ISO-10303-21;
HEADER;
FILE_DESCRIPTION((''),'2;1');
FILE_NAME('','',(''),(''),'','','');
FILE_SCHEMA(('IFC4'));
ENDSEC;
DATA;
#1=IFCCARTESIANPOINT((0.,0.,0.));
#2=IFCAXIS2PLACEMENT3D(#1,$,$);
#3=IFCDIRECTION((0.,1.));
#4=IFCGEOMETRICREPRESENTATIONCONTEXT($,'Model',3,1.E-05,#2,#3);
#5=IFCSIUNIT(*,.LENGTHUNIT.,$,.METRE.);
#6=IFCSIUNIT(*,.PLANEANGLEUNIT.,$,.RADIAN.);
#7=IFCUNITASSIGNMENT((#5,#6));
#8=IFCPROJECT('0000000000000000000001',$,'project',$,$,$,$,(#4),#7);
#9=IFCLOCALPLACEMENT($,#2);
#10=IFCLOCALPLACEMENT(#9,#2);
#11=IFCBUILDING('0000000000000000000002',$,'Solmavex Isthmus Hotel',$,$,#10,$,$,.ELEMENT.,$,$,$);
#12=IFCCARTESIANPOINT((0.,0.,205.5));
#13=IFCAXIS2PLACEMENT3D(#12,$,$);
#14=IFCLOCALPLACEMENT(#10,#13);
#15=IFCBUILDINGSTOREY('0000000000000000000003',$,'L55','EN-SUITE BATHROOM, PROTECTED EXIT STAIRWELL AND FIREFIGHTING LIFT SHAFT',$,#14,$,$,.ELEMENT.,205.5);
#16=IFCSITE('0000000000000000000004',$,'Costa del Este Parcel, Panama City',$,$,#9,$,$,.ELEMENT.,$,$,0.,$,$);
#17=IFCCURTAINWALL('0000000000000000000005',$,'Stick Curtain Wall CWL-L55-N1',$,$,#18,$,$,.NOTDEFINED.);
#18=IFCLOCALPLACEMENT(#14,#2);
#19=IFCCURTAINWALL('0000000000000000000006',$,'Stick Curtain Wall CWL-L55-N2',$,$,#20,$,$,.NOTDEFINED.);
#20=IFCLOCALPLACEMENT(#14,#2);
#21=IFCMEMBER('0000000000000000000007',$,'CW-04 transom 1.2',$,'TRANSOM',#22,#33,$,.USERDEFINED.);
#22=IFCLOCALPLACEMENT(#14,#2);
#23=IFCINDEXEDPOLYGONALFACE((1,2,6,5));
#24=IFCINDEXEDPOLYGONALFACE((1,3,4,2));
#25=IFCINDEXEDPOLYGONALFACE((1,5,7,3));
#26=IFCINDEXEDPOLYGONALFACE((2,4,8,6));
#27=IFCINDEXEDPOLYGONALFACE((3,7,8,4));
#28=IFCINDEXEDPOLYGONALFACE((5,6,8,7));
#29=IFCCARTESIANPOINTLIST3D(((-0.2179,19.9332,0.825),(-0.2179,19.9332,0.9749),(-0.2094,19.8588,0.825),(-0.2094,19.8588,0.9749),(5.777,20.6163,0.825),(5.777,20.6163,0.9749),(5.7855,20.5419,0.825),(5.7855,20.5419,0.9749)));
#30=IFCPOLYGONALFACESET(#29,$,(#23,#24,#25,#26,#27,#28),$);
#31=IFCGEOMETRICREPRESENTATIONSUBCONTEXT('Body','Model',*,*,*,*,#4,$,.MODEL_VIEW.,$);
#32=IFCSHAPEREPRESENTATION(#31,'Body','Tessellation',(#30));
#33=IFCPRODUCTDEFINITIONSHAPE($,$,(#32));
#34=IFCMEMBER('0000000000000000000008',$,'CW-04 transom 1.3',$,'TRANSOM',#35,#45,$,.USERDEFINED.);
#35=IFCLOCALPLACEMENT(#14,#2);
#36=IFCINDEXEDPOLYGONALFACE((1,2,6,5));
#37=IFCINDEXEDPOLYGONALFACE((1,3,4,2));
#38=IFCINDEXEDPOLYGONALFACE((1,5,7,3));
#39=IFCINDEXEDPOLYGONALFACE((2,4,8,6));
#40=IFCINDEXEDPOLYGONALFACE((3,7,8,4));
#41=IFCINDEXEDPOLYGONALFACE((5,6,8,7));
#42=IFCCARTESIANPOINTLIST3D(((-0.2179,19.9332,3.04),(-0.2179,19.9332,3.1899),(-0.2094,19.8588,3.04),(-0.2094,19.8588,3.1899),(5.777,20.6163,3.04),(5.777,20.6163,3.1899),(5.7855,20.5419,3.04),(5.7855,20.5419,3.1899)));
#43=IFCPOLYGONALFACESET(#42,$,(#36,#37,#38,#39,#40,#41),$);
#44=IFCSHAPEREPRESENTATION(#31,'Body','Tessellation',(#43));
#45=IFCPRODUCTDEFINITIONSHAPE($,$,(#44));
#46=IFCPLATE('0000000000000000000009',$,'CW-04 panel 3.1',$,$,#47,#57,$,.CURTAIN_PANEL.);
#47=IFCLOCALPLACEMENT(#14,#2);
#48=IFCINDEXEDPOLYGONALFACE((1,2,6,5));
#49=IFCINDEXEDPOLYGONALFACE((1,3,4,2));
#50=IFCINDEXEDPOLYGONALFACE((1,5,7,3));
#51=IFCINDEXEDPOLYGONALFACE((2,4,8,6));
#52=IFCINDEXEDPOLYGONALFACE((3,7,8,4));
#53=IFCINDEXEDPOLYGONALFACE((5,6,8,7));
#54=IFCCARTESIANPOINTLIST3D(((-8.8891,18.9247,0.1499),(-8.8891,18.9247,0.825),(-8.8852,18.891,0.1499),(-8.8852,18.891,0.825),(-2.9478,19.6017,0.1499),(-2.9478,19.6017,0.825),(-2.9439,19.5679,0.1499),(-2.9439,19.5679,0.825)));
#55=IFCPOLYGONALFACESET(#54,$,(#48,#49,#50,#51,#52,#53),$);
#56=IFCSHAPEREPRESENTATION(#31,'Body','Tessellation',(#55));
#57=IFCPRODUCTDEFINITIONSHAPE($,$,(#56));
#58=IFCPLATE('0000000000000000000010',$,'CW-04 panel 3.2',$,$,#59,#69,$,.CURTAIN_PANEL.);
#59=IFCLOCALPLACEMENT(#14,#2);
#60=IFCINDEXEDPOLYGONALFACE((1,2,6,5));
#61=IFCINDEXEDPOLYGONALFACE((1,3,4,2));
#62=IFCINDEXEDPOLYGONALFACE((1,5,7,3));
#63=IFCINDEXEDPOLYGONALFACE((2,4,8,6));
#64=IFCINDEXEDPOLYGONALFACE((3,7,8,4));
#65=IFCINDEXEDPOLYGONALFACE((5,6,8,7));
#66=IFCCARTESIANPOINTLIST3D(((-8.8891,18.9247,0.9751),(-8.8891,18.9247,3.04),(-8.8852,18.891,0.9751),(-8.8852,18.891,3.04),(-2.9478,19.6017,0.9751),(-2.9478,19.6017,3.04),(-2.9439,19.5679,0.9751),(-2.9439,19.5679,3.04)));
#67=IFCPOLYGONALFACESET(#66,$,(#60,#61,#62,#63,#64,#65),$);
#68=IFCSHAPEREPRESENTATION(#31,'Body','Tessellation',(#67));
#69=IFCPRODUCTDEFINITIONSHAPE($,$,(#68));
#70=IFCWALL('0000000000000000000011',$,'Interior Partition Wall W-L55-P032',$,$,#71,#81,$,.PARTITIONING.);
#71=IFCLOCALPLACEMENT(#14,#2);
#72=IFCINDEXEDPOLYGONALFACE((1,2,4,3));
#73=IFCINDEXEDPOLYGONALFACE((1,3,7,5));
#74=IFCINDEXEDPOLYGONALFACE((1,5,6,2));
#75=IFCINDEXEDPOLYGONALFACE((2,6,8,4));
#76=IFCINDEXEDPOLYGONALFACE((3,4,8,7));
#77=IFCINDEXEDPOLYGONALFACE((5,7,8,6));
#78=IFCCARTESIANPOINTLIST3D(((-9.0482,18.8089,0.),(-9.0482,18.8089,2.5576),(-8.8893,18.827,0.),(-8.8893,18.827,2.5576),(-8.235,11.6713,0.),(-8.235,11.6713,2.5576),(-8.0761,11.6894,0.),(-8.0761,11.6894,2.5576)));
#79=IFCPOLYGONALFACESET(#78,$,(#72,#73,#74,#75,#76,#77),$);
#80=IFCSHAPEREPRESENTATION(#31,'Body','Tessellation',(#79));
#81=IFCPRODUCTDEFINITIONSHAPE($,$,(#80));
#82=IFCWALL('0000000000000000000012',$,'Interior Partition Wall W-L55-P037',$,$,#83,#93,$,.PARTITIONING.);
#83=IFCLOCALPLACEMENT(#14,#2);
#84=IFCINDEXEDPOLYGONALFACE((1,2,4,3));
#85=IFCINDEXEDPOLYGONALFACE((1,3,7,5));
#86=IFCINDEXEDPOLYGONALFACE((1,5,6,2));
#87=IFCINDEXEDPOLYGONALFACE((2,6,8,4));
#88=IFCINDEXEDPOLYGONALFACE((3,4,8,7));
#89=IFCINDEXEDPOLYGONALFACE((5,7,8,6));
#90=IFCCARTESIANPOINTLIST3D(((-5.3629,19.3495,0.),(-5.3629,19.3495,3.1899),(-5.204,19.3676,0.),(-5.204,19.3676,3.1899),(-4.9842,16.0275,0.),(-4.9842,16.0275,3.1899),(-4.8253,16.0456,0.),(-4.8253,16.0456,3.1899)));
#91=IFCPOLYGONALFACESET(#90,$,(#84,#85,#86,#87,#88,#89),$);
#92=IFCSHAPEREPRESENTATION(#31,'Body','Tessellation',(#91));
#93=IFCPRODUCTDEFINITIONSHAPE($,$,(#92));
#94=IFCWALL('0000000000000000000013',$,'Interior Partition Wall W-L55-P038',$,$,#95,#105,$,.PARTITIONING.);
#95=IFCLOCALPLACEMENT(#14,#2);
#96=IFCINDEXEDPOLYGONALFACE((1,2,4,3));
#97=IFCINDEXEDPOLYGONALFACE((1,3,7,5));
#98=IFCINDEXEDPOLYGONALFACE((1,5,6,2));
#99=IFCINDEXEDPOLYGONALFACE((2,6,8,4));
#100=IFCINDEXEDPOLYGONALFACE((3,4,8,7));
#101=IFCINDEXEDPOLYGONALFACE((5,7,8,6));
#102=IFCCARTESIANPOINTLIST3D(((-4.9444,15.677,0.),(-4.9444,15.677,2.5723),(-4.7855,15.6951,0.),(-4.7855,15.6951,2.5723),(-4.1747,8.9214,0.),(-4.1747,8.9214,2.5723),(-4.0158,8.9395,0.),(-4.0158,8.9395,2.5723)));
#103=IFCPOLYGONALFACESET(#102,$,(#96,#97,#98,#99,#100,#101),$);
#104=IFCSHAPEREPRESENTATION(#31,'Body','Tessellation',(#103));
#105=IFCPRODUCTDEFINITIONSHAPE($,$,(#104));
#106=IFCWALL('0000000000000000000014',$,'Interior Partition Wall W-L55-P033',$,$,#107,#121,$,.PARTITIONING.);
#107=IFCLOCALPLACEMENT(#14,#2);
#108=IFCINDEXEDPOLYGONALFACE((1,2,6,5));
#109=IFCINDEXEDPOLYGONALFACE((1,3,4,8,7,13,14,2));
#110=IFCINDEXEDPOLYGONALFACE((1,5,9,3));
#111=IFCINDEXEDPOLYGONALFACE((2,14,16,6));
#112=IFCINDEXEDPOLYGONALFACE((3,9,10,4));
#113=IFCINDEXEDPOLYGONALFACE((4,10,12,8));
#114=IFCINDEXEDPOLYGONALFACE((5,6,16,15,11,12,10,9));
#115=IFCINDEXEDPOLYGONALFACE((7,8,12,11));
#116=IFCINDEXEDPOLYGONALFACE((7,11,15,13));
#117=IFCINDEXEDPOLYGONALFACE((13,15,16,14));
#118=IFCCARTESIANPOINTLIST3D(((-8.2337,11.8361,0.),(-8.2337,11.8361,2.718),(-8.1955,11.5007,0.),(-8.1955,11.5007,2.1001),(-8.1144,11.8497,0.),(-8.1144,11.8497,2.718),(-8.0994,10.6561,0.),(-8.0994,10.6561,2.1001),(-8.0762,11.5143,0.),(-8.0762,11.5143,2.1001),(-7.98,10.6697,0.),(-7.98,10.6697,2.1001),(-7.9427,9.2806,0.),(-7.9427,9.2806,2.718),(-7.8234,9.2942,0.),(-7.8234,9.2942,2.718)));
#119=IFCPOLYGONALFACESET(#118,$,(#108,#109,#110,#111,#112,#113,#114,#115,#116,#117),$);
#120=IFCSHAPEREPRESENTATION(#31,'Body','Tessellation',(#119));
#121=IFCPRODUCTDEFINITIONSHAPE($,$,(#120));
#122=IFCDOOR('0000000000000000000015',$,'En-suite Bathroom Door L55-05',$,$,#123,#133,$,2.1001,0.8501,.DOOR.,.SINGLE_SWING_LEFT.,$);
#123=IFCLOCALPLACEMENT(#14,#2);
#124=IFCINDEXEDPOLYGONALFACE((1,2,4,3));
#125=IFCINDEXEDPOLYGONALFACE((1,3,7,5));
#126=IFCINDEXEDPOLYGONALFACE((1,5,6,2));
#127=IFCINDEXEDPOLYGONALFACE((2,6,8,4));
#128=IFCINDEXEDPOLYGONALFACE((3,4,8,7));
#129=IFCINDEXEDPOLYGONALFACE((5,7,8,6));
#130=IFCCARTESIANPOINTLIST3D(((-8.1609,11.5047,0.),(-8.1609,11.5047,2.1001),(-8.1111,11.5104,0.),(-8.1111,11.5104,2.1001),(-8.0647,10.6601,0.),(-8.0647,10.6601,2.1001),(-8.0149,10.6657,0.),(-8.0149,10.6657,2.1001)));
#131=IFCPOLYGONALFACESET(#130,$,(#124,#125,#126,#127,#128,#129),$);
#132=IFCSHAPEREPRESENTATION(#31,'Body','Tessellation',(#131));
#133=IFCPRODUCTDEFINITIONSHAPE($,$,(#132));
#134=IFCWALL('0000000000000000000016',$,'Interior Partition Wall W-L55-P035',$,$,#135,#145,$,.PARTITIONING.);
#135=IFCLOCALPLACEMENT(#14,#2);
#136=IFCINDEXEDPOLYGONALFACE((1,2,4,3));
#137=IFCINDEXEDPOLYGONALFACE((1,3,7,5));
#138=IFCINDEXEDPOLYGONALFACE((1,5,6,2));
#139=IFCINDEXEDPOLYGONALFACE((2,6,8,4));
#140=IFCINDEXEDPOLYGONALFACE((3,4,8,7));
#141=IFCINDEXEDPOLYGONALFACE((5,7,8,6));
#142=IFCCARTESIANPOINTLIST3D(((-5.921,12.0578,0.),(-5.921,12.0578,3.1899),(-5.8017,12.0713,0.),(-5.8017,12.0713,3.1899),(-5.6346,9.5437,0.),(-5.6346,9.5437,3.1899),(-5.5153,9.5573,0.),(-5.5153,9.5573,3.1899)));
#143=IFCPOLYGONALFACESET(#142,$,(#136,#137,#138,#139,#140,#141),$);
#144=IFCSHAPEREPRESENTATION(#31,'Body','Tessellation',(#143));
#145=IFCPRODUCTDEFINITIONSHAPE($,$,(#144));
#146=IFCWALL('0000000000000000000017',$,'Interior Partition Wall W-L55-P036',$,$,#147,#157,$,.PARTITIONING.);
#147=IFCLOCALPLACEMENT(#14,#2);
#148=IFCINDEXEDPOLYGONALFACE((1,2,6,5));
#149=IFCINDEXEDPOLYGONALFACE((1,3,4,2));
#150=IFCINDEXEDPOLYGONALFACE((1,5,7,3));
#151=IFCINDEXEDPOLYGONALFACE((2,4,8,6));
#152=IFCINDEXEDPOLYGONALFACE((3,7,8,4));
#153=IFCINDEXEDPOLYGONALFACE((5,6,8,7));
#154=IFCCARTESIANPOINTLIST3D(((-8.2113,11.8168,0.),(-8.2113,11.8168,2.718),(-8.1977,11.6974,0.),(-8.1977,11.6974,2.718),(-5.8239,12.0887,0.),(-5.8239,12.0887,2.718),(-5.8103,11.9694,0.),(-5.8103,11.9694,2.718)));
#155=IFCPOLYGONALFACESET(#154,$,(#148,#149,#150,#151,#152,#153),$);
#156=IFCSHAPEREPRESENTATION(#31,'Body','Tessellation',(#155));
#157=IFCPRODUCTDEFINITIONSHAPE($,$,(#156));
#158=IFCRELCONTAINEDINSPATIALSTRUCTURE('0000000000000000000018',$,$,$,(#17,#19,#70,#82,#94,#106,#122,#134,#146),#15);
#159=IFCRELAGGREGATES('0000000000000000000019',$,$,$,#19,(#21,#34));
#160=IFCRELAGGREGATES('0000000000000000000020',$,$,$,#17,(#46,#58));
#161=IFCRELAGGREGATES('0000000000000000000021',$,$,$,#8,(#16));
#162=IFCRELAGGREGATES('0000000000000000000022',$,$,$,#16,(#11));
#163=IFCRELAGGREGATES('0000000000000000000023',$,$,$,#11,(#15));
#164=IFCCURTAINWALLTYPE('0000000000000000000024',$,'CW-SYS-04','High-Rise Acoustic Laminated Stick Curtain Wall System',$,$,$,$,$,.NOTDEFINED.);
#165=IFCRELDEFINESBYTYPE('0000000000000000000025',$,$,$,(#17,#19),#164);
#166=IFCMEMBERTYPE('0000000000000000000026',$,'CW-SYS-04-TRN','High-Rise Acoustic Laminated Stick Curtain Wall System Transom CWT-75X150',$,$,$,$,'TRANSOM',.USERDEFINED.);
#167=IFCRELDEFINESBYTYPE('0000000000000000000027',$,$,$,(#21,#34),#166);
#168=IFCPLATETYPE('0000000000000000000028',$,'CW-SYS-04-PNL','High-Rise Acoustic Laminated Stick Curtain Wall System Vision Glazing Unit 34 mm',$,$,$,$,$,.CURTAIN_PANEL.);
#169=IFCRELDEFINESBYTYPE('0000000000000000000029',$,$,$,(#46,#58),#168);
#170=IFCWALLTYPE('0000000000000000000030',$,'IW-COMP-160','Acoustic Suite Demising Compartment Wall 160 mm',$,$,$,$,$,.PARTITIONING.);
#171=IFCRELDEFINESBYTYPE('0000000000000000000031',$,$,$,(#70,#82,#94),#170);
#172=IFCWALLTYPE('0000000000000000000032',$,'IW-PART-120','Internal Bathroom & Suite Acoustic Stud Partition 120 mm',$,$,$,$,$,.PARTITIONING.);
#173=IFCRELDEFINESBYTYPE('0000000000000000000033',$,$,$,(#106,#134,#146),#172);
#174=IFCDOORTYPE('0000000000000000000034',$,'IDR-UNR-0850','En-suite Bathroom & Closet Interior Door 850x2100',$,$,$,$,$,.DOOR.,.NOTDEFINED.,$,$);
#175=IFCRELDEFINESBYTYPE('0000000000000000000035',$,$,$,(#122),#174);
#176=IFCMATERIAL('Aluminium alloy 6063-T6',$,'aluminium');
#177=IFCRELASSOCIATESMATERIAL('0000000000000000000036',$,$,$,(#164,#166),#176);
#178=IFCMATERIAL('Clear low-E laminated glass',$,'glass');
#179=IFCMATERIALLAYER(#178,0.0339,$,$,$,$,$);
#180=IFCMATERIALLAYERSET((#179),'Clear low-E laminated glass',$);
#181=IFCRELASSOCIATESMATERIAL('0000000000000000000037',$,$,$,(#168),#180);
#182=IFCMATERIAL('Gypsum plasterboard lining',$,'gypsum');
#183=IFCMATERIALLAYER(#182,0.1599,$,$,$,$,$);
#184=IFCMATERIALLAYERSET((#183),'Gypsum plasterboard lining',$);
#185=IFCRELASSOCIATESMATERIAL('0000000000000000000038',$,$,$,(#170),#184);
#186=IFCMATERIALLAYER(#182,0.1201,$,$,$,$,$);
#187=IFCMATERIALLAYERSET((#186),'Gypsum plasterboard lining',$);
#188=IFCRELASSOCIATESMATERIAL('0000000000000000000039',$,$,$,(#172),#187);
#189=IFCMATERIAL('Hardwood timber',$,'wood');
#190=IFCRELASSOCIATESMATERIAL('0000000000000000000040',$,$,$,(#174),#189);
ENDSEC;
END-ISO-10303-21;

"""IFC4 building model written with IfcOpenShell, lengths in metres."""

from ifc_helpers import new_model, si_unit, direction, frame, frame_2d, origin, origin_2d, place, context, subcontext, project, spatial, rectangle, extrude, material, layer, layer_set, material_profile, profile_set, type_object, element, fill, aggregate, save


model = new_model("IFC4")

# Units and contexts
model_context = context("Model", 3, precision=1e-05, world=origin(), true_north=direction((0.0, 1.0)))
body_context = subcontext(model_context, "Body", "Model", "MODEL_VIEW")
ifc_project = project(units=[si_unit("LENGTHUNIT", "METRE"), si_unit("PLANEANGLEUNIT", "RADIAN")], contexts=[model_context])

# Site, building, storey
site_placement = place(None, origin())
site = spatial("IfcSite", under=ifc_project, at=site_placement, Name="Costa del Este Parcel, Panama City", CompositionType="ELEMENT", RefElevation=0.0)
building_placement = place(site_placement, origin())
building = spatial("IfcBuilding", under=site, at=building_placement, Name="Solmavex Isthmus Hotel", CompositionType="ELEMENT")
storey_placement = place(building_placement, frame((0.0, 0.0, 205.5)))
storey = spatial("IfcBuildingStorey", under=building, at=storey_placement, Name="L55", Description="EN-SUITE BATHROOM, PROTECTED EXIT STAIRWELL AND FIREFIGHTING LIFT SHAFT", CompositionType="ELEMENT", Elevation=205.5)

# Curtain wall
ifc_material_1 = material(Name="Aluminium alloy 6063-T6", Category="aluminium")
curtain_wall_type = type_object("IfcCurtainWallType", Name="CW-SYS-04", Description="High-Rise Acoustic Laminated Stick Curtain Wall System", PredefinedType="NOTDEFINED", material=ifc_material_1)
curtain_wall_1_placement = place(storey_placement, origin())
curtain_wall_1 = element("IfcCurtainWall", 1, at=curtain_wall_1_placement, inside=storey, type_object=curtain_wall_type, Name="Stick Curtain Wall CWL-L55-N1", PredefinedType="NOTDEFINED")

# Curtain wall
curtain_wall_2_placement = place(storey_placement, origin())
curtain_wall_2 = element("IfcCurtainWall", 2, at=curtain_wall_2_placement, inside=storey, type_object=curtain_wall_type, Name="Stick Curtain Wall CWL-L55-N2", PredefinedType="NOTDEFINED")

# Members
ifc_material_profile_1 = material_profile(ifc_material_1, rectangle(XDim=0.075, YDim=0.1499, at=origin_2d()), Name="CWT-75X150")
ifc_profile_set_1 = profile_set([ifc_material_profile_1], Name="Aluminium alloy 6063-T6")
member_type_1 = type_object("IfcMemberType", Name="CW-SYS-04-TRN", Description="High-Rise Acoustic Laminated Stick Curtain Wall System Transom CWT-75X150", ElementType="TRANSOM", PredefinedType="USERDEFINED", material=ifc_profile_set_1)
member_1_placement = place(storey_placement, frame((-0.2136, 19.896, 0.8999), z_axis=(0.99357, 0.113216, 0.0), x_axis=(-0.113216, 0.99357, 0.0)))
member_1 = element("IfcMember", 3, at=member_1_placement, type_object=member_type_1, Name="CW-04 transom 1.2", ObjectType="TRANSOM", PredefinedType="USERDEFINED", context=body_context, shape_type="SweptSolid", body=[
    extrude(rectangle(XDim=0.075, YDim=0.1499, at=origin_2d()), origin(), (0.0, 0.0, 1.0), 6.0337),
])
member_2_placement = place(storey_placement, frame((-0.2136, 19.896, 3.115), z_axis=(0.99357, 0.113216, 0.0), x_axis=(-0.113216, 0.99357, 0.0)))
member_2 = element("IfcMember", 4, at=member_2_placement, type_object=member_type_1, Name="CW-04 transom 1.3", ObjectType="TRANSOM", PredefinedType="USERDEFINED", context=body_context, shape_type="SweptSolid", body=[
    extrude(rectangle(XDim=0.075, YDim=0.1499, at=origin_2d()), origin(), (0.0, 0.0, 1.0), 6.0337),
])
aggregate(curtain_wall_2, [member_1, member_2])

# Plates
ifc_material_2 = material(Name="Clear low-E laminated glass", Category="glass")
ifc_layer_1 = layer(ifc_material_2, 0.0339)
ifc_layer_set_1 = layer_set([ifc_layer_1], Name="Clear low-E laminated glass")
plate_type = type_object("IfcPlateType", Name="CW-SYS-04-PNL", Description="High-Rise Acoustic Laminated Stick Curtain Wall System Vision Glazing Unit 34 mm", PredefinedType="CURTAIN_PANEL", material=ifc_layer_set_1)
plate_1_placement = place(storey_placement, frame((-5.9165, 19.2463, 0.1499), z_axis=(0.0, 0.0, 1.0), x_axis=(0.993572, 0.113203, 0.0)))
plate_1 = element("IfcPlate", 5, at=plate_1_placement, type_object=plate_type, Name="CW-04 panel 3.1", PredefinedType="CURTAIN_PANEL", context=body_context, shape_type="SweptSolid", body=[
    extrude(rectangle(XDim=5.9797, YDim=0.0339, at=origin_2d()), origin(), (0.0, 0.0, 1.0), 0.675),
])
plate_2_placement = place(storey_placement, frame((-5.9165, 19.2463, 0.9751), z_axis=(0.0, 0.0, 1.0), x_axis=(0.993572, 0.113203, 0.0)))
plate_2 = element("IfcPlate", 6, at=plate_2_placement, type_object=plate_type, Name="CW-04 panel 3.2", PredefinedType="CURTAIN_PANEL", context=body_context, shape_type="SweptSolid", body=[
    extrude(rectangle(XDim=5.9797, YDim=0.0339, at=origin_2d()), origin(), (0.0, 0.0, 1.0), 2.0649),
])
aggregate(curtain_wall_1, [plate_1, plate_2])

# Walls
ifc_material_3 = material(Name="Gypsum plasterboard lining", Category="gypsum")
ifc_layer_2 = layer(ifc_material_3, 0.1599)
ifc_layer_set_2 = layer_set([ifc_layer_2], Name="Gypsum plasterboard lining")
wall_type_1 = type_object("IfcWallType", Name="IW-COMP-160", Description="Acoustic Suite Demising Compartment Wall 160 mm", PredefinedType="PARTITIONING", material=ifc_layer_set_2)
wall_1_placement = place(storey_placement, frame((-8.9688, 18.8179, 0.0), z_axis=(0.0, 0.0, 1.0), x_axis=(0.113202, -0.993572, 0.0)))
element("IfcWall", 7, at=wall_1_placement, inside=storey, type_object=wall_type_1, Name="Interior Partition Wall W-L55-P032", PredefinedType="PARTITIONING", context=body_context, shape_type="SweptSolid", body=[
    extrude(rectangle(XDim=7.1838, YDim=0.1599, at=frame_2d((3.5918, 0.0))), origin(), (0.0, 0.0, 1.0), 2.5576),
])
wall_2_placement = place(storey_placement, frame((-5.2834, 19.3586, 0.0), z_axis=(0.0, 0.0, 1.0), x_axis=(0.113252, -0.993566, 0.0)))
element("IfcWall", 8, at=wall_2_placement, inside=storey, type_object=wall_type_1, Name="Interior Partition Wall W-L55-P037", PredefinedType="PARTITIONING", context=body_context, shape_type="SweptSolid", body=[
    extrude(rectangle(XDim=3.3435, YDim=0.1599, at=frame_2d((1.6719, 0.0))), origin(), (0.0, 0.0, 1.0), 3.1899),
])
wall_3_placement = place(storey_placement, frame((-4.865, 15.686, 0.0), z_axis=(0.0, 0.0, 1.0), x_axis=(0.113213, -0.993571, 0.0)))
element("IfcWall", 9, at=wall_3_placement, inside=storey, type_object=wall_type_1, Name="Interior Partition Wall W-L55-P038", PredefinedType="PARTITIONING", context=body_context, shape_type="SweptSolid", body=[
    extrude(rectangle(XDim=6.7993, YDim=0.1599, at=frame_2d((3.3997, 0.0))), origin(), (0.0, 0.0, 1.0), 2.5723),
])

# Wall, opening, door
ifc_layer_3 = layer(ifc_material_3, 0.1201)
ifc_layer_set_3 = layer_set([ifc_layer_3], Name="Gypsum plasterboard lining")
wall_type_2 = type_object("IfcWallType", Name="IW-PART-120", Description="Internal Bathroom & Suite Acoustic Stud Partition 120 mm", PredefinedType="PARTITIONING", material=ifc_layer_set_3)
wall_4_placement = place(storey_placement, frame((-8.1741, 11.843, 0.0), z_axis=(0.0, 0.0, 1.0), x_axis=(0.11315, -0.993578, 0.0)))
wall_4 = element("IfcWall", 10, at=wall_4_placement, inside=storey, type_object=wall_type_2, Name="Interior Partition Wall W-L55-P033", PredefinedType="PARTITIONING", context=body_context, shape_type="SweptSolid", body=[
    extrude(rectangle(XDim=2.572, YDim=0.1201, at=frame_2d((1.2861, 0.0))), origin(), (0.0, 0.0, 1.0), 2.718),
])
opening_1_placement = place(wall_4_placement, frame((0.3376, 0.0, 0.0)))
opening_1 = element("IfcOpeningElement", 11, at=opening_1_placement, cuts=wall_4, PredefinedType="OPENING", context=body_context, shape_type="SweptSolid", body=[
    extrude(rectangle(XDim=0.8501, YDim=2.1001, at=frame_2d((0.425, 1.05))), frame((0.0, 0.0701, 0.0), z_axis=(0.0, -1.0, 0.0), x_axis=(1.0, 0.0, 0.0)), (0.0, 0.0, 1.0), 0.1401),
])
ifc_material_4 = material(Name="Hardwood timber", Category="wood")
door_type_1 = type_object("IfcDoorType", Name="IDR-UNR-0850", Description="En-suite Bathroom & Closet Interior Door 850x2100", OperationType="NOTDEFINED", PredefinedType="DOOR", material=ifc_material_4)
door_1_placement = place(opening_1_placement, origin())
door_1 = element("IfcDoor", 12, at=door_1_placement, inside=storey, type_object=door_type_1, Name="En-suite Bathroom Door L55-05", OperationType="SINGLE_SWING_LEFT", OverallHeight=2.1001, OverallWidth=0.8501, PredefinedType="DOOR", context=body_context, shape_type="SweptSolid", body=[
    extrude(rectangle(XDim=0.8501, YDim=2.1001, at=frame_2d((0.425, 1.05))), frame((0.0, 0.0249, 0.0), z_axis=(0.0, -1.0, 0.0), x_axis=(1.0, 0.0, 0.0)), (0.0, 0.0, 1.0), 0.05),
])
fill(opening_1, door_1)

# Walls
wall_5_placement = place(storey_placement, frame((-5.575, 9.5505, 0.0), z_axis=(0.0, 0.0, 1.0), x_axis=(-0.113185, 0.993574, 0.0)))
element("IfcWall", 13, at=wall_5_placement, inside=storey, type_object=wall_type_2, Name="Interior Partition Wall W-L55-P035", PredefinedType="PARTITIONING", context=body_context, shape_type="SweptSolid", body=[
    extrude(rectangle(XDim=2.5303, YDim=0.1201, at=frame_2d((1.2651, 0.0))), origin(), (0.0, 0.0, 1.0), 3.1899),
])
wall_6_placement = place(storey_placement, frame((-5.8171, 12.0291, 0.0), z_axis=(0.0, 0.0, 1.0), x_axis=(-0.993574, -0.113186, 0.0)))
element("IfcWall", 14, at=wall_6_placement, inside=storey, type_object=wall_type_2, Name="Interior Partition Wall W-L55-P036", PredefinedType="PARTITIONING", context=body_context, shape_type="SweptSolid", body=[
    extrude(rectangle(XDim=2.4028, YDim=0.1201, at=frame_2d((1.2014, 0.0))), origin(), (0.0, 0.0, 1.0), 2.718),
])

save(model, "model.ifc")
